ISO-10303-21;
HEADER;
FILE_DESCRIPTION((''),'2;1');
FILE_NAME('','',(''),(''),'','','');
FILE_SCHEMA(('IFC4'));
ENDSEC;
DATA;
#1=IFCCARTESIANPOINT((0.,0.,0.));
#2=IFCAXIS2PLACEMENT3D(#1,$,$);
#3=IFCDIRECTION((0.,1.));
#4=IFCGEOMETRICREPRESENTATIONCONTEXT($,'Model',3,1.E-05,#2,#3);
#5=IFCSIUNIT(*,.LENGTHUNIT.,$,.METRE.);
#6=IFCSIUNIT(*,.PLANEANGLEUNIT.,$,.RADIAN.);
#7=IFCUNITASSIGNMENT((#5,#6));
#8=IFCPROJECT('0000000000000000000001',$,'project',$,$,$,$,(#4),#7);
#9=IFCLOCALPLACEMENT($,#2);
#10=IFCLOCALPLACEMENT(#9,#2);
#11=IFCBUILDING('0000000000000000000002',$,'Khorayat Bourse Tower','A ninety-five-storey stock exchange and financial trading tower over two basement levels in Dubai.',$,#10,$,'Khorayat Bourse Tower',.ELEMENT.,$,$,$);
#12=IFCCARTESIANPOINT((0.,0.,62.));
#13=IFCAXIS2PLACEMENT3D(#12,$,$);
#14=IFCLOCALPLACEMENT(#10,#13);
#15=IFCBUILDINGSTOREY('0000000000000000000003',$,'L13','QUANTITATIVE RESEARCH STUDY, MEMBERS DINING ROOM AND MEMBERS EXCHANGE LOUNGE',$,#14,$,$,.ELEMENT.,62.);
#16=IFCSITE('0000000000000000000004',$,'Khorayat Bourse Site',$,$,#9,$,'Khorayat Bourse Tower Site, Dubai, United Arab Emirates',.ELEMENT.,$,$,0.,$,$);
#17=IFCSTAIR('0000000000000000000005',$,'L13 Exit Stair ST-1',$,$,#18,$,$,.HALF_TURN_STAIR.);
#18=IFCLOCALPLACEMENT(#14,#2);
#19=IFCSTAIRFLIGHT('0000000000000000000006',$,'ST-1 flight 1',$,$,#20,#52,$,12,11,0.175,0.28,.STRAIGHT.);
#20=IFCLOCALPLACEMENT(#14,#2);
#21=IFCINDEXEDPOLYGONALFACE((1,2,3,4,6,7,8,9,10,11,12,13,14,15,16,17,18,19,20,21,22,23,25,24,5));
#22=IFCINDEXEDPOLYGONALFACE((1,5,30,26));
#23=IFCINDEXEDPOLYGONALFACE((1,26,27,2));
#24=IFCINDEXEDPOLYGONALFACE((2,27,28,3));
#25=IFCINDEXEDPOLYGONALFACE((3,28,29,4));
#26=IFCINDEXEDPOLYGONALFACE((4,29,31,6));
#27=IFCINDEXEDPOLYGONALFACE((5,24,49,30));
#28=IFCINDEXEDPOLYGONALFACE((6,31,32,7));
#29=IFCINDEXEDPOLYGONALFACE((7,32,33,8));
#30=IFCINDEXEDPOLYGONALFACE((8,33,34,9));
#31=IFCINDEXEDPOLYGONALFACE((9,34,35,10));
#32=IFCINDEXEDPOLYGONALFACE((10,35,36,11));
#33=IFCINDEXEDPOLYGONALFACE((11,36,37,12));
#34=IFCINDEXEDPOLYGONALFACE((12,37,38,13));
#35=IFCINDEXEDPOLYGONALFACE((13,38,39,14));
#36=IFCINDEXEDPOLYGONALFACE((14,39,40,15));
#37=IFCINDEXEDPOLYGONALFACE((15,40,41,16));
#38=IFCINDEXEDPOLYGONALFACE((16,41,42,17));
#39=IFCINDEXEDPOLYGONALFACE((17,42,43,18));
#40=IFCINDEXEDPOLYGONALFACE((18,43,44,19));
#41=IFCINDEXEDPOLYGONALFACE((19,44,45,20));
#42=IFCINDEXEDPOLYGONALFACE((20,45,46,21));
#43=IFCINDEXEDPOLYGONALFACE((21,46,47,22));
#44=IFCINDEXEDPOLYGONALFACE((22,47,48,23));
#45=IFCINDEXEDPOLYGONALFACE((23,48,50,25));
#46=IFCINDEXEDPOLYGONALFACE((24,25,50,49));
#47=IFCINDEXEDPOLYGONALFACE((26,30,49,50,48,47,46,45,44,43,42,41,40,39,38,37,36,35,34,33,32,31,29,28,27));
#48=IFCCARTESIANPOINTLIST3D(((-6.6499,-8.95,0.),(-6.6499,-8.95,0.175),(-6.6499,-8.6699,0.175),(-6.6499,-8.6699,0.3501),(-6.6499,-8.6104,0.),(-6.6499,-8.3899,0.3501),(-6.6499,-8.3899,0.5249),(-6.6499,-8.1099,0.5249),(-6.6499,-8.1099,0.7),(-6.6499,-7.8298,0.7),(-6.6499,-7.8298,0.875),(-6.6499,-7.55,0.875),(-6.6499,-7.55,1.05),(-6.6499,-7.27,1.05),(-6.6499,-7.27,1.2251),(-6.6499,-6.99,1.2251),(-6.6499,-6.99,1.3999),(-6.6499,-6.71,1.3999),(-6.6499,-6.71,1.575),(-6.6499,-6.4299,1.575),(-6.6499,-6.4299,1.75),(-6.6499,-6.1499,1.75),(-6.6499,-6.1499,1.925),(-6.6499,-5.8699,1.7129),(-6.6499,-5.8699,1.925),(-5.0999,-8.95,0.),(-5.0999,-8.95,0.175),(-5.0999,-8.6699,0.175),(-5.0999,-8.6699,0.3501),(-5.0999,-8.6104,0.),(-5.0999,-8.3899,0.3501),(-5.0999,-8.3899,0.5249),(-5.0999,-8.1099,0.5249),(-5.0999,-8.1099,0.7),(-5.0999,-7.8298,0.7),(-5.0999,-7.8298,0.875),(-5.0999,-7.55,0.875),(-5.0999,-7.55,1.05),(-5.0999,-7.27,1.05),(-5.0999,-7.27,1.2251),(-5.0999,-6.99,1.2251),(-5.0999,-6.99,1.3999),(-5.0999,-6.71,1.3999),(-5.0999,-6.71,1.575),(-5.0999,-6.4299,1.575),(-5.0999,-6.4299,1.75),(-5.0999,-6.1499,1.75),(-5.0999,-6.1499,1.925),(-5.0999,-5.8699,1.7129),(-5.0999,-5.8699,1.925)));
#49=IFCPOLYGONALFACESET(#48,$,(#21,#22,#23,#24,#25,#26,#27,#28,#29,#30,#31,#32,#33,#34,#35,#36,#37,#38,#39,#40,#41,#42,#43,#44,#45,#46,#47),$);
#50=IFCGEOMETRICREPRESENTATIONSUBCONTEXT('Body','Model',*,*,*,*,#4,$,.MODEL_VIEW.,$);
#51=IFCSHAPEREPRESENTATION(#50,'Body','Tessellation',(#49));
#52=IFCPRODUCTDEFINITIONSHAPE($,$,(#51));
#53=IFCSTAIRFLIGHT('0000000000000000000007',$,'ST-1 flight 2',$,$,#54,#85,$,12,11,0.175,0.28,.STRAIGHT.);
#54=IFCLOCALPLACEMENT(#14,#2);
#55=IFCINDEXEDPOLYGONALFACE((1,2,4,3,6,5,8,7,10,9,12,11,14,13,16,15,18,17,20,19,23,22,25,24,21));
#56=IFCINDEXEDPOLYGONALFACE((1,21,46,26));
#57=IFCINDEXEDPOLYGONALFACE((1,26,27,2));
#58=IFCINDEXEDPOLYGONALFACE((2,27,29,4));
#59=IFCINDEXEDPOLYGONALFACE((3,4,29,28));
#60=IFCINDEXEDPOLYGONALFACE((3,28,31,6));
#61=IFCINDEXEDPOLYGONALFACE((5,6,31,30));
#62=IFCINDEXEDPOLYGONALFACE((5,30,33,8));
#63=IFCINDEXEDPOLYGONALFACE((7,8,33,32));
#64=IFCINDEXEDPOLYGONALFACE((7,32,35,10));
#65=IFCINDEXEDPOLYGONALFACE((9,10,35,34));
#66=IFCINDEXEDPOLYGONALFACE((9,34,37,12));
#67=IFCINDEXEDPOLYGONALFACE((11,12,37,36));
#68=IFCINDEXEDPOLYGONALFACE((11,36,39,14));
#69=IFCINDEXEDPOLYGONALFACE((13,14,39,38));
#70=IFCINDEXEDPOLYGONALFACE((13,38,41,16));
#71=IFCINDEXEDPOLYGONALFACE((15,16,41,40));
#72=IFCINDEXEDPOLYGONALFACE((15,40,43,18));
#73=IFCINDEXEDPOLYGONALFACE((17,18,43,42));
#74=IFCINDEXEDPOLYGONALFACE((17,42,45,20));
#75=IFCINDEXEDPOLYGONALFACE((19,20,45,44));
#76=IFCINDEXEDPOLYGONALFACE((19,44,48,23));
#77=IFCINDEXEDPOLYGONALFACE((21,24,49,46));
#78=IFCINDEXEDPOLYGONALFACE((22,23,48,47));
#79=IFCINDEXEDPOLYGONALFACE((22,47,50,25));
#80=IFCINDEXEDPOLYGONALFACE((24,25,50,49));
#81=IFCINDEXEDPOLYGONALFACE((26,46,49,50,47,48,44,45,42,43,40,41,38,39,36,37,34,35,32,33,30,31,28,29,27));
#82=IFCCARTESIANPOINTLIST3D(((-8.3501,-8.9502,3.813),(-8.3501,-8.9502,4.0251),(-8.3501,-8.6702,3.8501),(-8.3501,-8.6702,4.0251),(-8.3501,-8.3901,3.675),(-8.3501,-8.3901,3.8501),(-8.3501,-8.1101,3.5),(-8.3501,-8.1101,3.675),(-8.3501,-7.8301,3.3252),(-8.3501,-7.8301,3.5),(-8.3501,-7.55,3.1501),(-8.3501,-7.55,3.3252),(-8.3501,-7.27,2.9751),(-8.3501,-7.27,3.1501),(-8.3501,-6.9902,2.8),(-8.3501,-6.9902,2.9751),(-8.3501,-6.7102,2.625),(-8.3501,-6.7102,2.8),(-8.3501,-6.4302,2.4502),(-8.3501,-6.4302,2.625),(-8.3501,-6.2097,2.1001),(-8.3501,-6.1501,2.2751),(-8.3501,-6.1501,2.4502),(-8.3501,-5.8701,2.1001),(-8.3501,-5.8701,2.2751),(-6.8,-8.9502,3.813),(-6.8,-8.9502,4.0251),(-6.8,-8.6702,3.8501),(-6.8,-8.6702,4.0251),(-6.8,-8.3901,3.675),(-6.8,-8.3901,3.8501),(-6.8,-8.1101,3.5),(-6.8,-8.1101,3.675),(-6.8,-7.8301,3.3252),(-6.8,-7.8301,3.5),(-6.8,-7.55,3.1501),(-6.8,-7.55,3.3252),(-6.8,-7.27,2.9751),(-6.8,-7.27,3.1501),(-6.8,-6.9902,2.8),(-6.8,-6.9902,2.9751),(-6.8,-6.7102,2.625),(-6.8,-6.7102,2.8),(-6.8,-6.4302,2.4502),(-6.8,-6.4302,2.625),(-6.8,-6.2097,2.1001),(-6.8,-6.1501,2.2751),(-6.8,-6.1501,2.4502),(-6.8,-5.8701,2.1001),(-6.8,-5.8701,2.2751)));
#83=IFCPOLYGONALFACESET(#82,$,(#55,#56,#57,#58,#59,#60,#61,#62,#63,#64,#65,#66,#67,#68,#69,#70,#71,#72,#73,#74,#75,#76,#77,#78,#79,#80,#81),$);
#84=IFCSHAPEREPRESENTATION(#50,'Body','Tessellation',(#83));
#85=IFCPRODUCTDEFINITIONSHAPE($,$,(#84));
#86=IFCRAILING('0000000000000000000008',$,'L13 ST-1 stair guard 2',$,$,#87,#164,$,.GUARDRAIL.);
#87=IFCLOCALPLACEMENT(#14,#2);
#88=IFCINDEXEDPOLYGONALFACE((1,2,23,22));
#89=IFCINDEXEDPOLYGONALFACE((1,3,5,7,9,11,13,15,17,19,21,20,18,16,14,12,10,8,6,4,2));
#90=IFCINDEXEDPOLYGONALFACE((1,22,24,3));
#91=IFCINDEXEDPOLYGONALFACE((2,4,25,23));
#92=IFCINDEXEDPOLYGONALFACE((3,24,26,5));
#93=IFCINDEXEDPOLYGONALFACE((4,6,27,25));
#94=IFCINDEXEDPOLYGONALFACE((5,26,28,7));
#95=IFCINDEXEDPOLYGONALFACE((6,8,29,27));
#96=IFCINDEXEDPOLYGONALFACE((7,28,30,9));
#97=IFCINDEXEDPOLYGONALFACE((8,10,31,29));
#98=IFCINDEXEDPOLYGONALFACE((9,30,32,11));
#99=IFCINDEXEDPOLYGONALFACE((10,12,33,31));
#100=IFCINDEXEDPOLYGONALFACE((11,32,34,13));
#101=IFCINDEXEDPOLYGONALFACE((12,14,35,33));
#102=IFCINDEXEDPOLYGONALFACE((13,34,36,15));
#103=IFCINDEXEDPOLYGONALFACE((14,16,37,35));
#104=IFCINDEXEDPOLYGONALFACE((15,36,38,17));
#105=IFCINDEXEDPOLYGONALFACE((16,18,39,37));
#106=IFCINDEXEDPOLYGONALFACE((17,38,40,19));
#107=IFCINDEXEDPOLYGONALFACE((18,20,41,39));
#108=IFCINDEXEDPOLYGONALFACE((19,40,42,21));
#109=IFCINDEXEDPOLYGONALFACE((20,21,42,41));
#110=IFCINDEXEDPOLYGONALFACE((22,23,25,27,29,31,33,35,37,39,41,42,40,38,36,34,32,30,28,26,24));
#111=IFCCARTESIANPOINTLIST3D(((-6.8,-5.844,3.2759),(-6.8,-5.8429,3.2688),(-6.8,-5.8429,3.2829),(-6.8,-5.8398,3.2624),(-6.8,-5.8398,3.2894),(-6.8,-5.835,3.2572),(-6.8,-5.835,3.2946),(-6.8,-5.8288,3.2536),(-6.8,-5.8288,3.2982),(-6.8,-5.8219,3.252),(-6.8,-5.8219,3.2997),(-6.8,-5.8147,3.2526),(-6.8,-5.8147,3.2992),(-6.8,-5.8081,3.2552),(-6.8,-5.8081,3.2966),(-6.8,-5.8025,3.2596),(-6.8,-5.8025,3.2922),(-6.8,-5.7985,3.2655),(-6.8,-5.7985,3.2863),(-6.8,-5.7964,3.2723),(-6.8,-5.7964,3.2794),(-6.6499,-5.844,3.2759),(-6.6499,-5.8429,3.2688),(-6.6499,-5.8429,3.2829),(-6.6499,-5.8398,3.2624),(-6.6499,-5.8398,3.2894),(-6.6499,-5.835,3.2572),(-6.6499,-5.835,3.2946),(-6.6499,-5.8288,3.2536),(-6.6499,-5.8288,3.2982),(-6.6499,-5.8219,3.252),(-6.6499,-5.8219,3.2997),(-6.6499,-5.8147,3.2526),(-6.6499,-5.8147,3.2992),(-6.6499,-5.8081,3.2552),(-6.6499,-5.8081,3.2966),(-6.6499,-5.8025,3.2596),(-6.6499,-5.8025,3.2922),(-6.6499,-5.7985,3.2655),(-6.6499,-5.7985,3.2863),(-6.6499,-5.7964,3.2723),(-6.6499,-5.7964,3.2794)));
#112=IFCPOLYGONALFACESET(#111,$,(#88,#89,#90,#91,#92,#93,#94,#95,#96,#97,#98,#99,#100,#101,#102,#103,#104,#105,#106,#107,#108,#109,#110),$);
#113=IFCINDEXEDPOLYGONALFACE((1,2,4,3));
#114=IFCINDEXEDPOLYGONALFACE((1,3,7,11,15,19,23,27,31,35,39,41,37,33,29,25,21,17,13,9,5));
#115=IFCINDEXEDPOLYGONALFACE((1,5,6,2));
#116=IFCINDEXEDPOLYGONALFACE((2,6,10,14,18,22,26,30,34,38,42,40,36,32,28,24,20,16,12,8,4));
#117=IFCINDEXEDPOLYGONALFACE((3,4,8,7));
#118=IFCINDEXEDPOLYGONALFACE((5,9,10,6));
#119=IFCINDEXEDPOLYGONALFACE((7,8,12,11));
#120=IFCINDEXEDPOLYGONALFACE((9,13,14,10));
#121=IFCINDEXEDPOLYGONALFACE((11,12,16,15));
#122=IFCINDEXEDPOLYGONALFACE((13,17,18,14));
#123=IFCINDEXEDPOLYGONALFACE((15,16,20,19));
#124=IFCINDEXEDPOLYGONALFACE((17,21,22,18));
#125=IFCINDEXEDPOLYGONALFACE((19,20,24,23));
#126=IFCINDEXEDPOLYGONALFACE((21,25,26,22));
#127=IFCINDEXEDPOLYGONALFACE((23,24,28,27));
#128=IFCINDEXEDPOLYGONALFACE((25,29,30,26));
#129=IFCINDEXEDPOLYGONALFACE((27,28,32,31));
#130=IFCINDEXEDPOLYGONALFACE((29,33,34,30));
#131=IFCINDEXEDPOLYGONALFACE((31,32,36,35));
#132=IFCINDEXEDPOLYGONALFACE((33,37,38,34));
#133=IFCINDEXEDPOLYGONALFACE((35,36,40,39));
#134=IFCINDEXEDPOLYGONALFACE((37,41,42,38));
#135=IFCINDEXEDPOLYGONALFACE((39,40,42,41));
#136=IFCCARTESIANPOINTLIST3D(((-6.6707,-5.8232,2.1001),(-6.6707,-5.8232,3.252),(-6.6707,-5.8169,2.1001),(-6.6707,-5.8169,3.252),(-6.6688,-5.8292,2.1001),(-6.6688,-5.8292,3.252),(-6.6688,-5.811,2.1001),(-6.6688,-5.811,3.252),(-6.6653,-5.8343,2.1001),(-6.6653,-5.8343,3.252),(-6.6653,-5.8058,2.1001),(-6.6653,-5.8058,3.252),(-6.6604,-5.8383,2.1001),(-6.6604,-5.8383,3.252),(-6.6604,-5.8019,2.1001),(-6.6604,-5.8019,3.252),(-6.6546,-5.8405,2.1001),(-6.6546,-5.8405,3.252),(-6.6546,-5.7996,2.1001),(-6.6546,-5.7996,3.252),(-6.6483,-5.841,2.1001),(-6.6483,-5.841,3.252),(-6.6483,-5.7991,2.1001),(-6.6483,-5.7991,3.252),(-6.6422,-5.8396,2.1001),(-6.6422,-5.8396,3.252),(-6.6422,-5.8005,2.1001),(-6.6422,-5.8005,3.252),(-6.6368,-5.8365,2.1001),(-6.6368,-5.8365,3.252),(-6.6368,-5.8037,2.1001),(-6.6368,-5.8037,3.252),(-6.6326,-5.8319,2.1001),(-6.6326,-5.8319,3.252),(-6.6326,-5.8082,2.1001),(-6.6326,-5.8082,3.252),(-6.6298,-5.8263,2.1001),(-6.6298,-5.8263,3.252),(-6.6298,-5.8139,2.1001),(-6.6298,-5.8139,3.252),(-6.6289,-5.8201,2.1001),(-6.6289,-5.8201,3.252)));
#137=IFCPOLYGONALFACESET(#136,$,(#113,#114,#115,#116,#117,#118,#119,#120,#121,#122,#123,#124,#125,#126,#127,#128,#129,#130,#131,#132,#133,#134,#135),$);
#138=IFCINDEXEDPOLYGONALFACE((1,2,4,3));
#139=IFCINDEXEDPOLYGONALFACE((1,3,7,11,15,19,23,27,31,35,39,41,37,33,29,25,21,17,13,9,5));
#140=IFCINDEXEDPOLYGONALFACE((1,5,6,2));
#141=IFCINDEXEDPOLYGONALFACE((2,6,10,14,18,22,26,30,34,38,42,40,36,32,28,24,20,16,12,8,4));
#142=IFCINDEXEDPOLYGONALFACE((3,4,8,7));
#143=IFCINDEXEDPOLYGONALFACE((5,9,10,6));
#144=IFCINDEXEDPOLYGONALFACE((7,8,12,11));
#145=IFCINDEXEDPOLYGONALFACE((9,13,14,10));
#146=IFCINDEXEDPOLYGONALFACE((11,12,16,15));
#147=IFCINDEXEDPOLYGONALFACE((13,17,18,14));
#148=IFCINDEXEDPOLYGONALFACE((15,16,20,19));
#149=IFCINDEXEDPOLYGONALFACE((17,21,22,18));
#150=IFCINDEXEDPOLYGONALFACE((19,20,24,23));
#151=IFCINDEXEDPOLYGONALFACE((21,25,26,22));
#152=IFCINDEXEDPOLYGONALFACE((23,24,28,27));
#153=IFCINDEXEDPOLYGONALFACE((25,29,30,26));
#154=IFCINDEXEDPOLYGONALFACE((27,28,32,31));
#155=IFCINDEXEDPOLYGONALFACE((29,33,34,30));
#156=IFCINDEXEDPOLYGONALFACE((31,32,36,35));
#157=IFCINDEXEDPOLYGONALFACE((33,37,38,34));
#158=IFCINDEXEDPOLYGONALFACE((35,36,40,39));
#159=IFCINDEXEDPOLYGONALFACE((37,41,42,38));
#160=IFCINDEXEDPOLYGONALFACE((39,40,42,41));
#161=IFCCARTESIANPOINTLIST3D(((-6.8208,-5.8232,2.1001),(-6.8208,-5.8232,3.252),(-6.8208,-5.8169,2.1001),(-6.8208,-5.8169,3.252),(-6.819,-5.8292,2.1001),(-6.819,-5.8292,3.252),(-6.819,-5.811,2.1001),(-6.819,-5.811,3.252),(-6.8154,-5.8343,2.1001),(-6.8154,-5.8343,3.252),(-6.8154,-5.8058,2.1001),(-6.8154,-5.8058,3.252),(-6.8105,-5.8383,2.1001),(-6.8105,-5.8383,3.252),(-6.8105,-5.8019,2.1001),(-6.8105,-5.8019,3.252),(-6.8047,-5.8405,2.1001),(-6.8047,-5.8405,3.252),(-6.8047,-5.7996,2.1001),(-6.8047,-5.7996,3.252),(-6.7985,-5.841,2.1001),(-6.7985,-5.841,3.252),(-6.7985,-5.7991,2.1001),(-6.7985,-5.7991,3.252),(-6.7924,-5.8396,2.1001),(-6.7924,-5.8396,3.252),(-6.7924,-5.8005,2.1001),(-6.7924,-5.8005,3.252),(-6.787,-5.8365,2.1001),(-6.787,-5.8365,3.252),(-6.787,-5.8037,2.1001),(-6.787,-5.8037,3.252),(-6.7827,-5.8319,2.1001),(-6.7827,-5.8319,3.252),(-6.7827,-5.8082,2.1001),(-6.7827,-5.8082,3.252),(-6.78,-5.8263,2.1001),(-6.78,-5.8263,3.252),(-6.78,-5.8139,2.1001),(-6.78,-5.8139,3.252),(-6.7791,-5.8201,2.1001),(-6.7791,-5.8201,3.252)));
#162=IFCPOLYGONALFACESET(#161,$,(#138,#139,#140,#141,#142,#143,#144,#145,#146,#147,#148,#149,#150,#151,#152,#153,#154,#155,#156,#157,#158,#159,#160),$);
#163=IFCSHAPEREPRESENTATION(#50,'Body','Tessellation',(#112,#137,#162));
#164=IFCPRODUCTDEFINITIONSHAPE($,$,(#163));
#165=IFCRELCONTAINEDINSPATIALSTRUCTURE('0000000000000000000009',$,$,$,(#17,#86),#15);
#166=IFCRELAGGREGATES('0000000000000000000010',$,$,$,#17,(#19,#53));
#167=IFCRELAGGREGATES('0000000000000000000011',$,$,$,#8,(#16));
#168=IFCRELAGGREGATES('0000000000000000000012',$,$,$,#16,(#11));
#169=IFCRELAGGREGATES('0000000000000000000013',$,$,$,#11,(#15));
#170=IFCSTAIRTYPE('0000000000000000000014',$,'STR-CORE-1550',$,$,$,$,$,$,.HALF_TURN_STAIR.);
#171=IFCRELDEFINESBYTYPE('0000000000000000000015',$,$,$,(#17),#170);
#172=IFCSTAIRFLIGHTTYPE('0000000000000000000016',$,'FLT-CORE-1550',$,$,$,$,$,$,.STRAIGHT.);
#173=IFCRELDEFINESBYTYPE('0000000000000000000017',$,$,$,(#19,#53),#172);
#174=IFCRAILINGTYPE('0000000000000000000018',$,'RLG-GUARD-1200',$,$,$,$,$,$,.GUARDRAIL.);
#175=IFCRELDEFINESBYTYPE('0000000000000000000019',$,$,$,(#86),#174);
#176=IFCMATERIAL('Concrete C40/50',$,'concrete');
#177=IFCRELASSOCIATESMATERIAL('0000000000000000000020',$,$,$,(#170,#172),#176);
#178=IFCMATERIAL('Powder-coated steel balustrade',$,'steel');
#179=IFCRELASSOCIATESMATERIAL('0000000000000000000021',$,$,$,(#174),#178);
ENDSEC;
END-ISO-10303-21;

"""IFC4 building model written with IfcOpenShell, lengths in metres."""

from ifc_helpers import new_model, si_unit, direction, frame, origin, origin_2d, place, context, subcontext, project, spatial, polyline, circle, outline, extrude, source, transform, mapped, material, type_object, element, aggregate, save


model = new_model("IFC4")

# Units and contexts
model_context = context("Model", 3, precision=1e-05, world=origin(), true_north=direction((0.0, 1.0)))
body_context = subcontext(model_context, "Body", "Model", "MODEL_VIEW")
ifc_project = project(units=[si_unit("LENGTHUNIT", "METRE"), si_unit("PLANEANGLEUNIT", "RADIAN")], contexts=[model_context])

# Site, building, storey
site_placement = place(None, origin())
site = spatial("IfcSite", under=ifc_project, at=site_placement, Name="Khorayat Bourse Site", LongName="Khorayat Bourse Tower Site, Dubai, United Arab Emirates", CompositionType="ELEMENT", RefElevation=0.0)
building_placement = place(site_placement, origin())
building = spatial("IfcBuilding", under=site, at=building_placement, Name="Khorayat Bourse Tower", Description="A ninety-five-storey stock exchange and financial trading tower over two basement levels in Dubai.", LongName="Khorayat Bourse Tower", CompositionType="ELEMENT")
storey_placement = place(building_placement, frame((0.0, 0.0, 62.0)))
storey = spatial("IfcBuildingStorey", under=building, at=storey_placement, Name="L13", Description="QUANTITATIVE RESEARCH STUDY, MEMBERS DINING ROOM AND MEMBERS EXCHANGE LOUNGE", CompositionType="ELEMENT", Elevation=62.0)

# Stair, stair flights
ifc_material_1 = material(Name="Concrete C40/50", Category="concrete")
stair_type = type_object("IfcStairType", Name="STR-CORE-1550", PredefinedType="HALF_TURN_STAIR", material=ifc_material_1)
stair_placement = place(storey_placement, origin())
stair = element("IfcStair", 1, at=stair_placement, inside=storey, type_object=stair_type, Name="L13 Exit Stair ST-1", PredefinedType="HALF_TURN_STAIR")
stair_flight_type = type_object("IfcStairFlightType", Name="FLT-CORE-1550", PredefinedType="STRAIGHT", material=ifc_material_1)
shared_shape_1 = source(origin(), body_context, "Body", "SweptSolid", [
    extrude(outline(polyline([(0.0, 0.0), (0.0, 0.175), (0.28, 0.175), (0.28, 0.3501), (0.5601, 0.3501), (0.5601, 0.5249), (0.8401, 0.5249), (0.8401, 0.7), (1.1201, 0.7), (1.1201, 0.875), (1.3999, 0.875), (1.3999, 1.05), (1.6799, 1.05), (1.6799, 1.2251), (1.96, 1.2251), (1.96, 1.3999), (2.24, 1.3999), (2.24, 1.575), (2.52, 1.575), (2.52, 1.75), (2.8, 1.75), (2.8, 1.925), (3.0801, 1.925), (3.0801, 2.1001), (3.0801, 1.7129), (0.3396, 0.0), (0.0, 0.0)])), frame((0.0, 0.7749, 0.0), z_axis=(0.0, -1.0, 0.0), x_axis=(1.0, 0.0, 0.0)), (0.0, 0.0, 1.0), 1.55),
])
stair_flight_1_placement = place(storey_placement, frame((-5.875, -8.95, 0.0), z_axis=(0.0, 0.0, 1.0), x_axis=(0.0, 1.0, 0.0)))
stair_flight_1 = element("IfcStairFlight", 2, at=stair_flight_1_placement, type_object=stair_flight_type, Name="ST-1 flight 1", NumberOfRisers=12, NumberOfTreads=11, PredefinedType="STRAIGHT", RiserHeight=0.175, TreadLength=0.28, context=body_context, shape_type="MappedRepresentation", body=[
    mapped(shared_shape_1, transform((0.0, 0.0, 0.0), scale=1.0)),
])
stair_flight_2_placement = place(storey_placement, frame((-7.575, -5.8701, 2.1001), z_axis=(0.0, 0.0, 1.0), x_axis=(0.0, -1.0, 0.0)))
stair_flight_2 = element("IfcStairFlight", 3, at=stair_flight_2_placement, type_object=stair_flight_type, Name="ST-1 flight 2", NumberOfRisers=12, NumberOfTreads=11, PredefinedType="STRAIGHT", RiserHeight=0.175, TreadLength=0.28, context=body_context, shape_type="MappedRepresentation", body=[
    mapped(shared_shape_1, transform((0.0, 0.0, 0.0), scale=1.0)),
])
aggregate(stair, [stair_flight_1, stair_flight_2])

# Railing
ifc_material_2 = material(Name="Powder-coated steel balustrade", Category="steel")
railing_type_1 = type_object("IfcRailingType", Name="RLG-GUARD-1200", PredefinedType="GUARDRAIL", material=ifc_material_2)
shared_shape_2 = source(origin(), body_context, "Body", "SweptSolid", [
    extrude(circle(Radius=0.0239, at=origin_2d()), frame((0.0, 0.0, 1.1758), z_axis=(-1.0, 0.0, 0.0), x_axis=(0.0, -1.0, 0.0)), (0.0, 0.0, 1.0), 0.1501),
    extrude(circle(Radius=0.021, at=origin_2d()), origin(), (0.0, 0.0, 1.0), 1.1519),
    extrude(circle(Radius=0.021, at=origin_2d()), frame((-0.1501, 0.0, 0.0)), (0.0, 0.0, 1.0), 1.1519),
])
for number, where, name in (
    (4, (-6.6499, -5.8201, 2.1001), "L13 ST-1 stair guard 2"),
):
    element("IfcRailing", number, at=place(storey_placement, frame(where)), inside=storey, type_object=railing_type_1, Name=name, PredefinedType="GUARDRAIL", context=body_context, shape_type="MappedRepresentation", body=[
        mapped(shared_shape_2, transform((0.0, 0.0, 0.0), scale=1.0)),
    ])

save(model, "model.ifc")
